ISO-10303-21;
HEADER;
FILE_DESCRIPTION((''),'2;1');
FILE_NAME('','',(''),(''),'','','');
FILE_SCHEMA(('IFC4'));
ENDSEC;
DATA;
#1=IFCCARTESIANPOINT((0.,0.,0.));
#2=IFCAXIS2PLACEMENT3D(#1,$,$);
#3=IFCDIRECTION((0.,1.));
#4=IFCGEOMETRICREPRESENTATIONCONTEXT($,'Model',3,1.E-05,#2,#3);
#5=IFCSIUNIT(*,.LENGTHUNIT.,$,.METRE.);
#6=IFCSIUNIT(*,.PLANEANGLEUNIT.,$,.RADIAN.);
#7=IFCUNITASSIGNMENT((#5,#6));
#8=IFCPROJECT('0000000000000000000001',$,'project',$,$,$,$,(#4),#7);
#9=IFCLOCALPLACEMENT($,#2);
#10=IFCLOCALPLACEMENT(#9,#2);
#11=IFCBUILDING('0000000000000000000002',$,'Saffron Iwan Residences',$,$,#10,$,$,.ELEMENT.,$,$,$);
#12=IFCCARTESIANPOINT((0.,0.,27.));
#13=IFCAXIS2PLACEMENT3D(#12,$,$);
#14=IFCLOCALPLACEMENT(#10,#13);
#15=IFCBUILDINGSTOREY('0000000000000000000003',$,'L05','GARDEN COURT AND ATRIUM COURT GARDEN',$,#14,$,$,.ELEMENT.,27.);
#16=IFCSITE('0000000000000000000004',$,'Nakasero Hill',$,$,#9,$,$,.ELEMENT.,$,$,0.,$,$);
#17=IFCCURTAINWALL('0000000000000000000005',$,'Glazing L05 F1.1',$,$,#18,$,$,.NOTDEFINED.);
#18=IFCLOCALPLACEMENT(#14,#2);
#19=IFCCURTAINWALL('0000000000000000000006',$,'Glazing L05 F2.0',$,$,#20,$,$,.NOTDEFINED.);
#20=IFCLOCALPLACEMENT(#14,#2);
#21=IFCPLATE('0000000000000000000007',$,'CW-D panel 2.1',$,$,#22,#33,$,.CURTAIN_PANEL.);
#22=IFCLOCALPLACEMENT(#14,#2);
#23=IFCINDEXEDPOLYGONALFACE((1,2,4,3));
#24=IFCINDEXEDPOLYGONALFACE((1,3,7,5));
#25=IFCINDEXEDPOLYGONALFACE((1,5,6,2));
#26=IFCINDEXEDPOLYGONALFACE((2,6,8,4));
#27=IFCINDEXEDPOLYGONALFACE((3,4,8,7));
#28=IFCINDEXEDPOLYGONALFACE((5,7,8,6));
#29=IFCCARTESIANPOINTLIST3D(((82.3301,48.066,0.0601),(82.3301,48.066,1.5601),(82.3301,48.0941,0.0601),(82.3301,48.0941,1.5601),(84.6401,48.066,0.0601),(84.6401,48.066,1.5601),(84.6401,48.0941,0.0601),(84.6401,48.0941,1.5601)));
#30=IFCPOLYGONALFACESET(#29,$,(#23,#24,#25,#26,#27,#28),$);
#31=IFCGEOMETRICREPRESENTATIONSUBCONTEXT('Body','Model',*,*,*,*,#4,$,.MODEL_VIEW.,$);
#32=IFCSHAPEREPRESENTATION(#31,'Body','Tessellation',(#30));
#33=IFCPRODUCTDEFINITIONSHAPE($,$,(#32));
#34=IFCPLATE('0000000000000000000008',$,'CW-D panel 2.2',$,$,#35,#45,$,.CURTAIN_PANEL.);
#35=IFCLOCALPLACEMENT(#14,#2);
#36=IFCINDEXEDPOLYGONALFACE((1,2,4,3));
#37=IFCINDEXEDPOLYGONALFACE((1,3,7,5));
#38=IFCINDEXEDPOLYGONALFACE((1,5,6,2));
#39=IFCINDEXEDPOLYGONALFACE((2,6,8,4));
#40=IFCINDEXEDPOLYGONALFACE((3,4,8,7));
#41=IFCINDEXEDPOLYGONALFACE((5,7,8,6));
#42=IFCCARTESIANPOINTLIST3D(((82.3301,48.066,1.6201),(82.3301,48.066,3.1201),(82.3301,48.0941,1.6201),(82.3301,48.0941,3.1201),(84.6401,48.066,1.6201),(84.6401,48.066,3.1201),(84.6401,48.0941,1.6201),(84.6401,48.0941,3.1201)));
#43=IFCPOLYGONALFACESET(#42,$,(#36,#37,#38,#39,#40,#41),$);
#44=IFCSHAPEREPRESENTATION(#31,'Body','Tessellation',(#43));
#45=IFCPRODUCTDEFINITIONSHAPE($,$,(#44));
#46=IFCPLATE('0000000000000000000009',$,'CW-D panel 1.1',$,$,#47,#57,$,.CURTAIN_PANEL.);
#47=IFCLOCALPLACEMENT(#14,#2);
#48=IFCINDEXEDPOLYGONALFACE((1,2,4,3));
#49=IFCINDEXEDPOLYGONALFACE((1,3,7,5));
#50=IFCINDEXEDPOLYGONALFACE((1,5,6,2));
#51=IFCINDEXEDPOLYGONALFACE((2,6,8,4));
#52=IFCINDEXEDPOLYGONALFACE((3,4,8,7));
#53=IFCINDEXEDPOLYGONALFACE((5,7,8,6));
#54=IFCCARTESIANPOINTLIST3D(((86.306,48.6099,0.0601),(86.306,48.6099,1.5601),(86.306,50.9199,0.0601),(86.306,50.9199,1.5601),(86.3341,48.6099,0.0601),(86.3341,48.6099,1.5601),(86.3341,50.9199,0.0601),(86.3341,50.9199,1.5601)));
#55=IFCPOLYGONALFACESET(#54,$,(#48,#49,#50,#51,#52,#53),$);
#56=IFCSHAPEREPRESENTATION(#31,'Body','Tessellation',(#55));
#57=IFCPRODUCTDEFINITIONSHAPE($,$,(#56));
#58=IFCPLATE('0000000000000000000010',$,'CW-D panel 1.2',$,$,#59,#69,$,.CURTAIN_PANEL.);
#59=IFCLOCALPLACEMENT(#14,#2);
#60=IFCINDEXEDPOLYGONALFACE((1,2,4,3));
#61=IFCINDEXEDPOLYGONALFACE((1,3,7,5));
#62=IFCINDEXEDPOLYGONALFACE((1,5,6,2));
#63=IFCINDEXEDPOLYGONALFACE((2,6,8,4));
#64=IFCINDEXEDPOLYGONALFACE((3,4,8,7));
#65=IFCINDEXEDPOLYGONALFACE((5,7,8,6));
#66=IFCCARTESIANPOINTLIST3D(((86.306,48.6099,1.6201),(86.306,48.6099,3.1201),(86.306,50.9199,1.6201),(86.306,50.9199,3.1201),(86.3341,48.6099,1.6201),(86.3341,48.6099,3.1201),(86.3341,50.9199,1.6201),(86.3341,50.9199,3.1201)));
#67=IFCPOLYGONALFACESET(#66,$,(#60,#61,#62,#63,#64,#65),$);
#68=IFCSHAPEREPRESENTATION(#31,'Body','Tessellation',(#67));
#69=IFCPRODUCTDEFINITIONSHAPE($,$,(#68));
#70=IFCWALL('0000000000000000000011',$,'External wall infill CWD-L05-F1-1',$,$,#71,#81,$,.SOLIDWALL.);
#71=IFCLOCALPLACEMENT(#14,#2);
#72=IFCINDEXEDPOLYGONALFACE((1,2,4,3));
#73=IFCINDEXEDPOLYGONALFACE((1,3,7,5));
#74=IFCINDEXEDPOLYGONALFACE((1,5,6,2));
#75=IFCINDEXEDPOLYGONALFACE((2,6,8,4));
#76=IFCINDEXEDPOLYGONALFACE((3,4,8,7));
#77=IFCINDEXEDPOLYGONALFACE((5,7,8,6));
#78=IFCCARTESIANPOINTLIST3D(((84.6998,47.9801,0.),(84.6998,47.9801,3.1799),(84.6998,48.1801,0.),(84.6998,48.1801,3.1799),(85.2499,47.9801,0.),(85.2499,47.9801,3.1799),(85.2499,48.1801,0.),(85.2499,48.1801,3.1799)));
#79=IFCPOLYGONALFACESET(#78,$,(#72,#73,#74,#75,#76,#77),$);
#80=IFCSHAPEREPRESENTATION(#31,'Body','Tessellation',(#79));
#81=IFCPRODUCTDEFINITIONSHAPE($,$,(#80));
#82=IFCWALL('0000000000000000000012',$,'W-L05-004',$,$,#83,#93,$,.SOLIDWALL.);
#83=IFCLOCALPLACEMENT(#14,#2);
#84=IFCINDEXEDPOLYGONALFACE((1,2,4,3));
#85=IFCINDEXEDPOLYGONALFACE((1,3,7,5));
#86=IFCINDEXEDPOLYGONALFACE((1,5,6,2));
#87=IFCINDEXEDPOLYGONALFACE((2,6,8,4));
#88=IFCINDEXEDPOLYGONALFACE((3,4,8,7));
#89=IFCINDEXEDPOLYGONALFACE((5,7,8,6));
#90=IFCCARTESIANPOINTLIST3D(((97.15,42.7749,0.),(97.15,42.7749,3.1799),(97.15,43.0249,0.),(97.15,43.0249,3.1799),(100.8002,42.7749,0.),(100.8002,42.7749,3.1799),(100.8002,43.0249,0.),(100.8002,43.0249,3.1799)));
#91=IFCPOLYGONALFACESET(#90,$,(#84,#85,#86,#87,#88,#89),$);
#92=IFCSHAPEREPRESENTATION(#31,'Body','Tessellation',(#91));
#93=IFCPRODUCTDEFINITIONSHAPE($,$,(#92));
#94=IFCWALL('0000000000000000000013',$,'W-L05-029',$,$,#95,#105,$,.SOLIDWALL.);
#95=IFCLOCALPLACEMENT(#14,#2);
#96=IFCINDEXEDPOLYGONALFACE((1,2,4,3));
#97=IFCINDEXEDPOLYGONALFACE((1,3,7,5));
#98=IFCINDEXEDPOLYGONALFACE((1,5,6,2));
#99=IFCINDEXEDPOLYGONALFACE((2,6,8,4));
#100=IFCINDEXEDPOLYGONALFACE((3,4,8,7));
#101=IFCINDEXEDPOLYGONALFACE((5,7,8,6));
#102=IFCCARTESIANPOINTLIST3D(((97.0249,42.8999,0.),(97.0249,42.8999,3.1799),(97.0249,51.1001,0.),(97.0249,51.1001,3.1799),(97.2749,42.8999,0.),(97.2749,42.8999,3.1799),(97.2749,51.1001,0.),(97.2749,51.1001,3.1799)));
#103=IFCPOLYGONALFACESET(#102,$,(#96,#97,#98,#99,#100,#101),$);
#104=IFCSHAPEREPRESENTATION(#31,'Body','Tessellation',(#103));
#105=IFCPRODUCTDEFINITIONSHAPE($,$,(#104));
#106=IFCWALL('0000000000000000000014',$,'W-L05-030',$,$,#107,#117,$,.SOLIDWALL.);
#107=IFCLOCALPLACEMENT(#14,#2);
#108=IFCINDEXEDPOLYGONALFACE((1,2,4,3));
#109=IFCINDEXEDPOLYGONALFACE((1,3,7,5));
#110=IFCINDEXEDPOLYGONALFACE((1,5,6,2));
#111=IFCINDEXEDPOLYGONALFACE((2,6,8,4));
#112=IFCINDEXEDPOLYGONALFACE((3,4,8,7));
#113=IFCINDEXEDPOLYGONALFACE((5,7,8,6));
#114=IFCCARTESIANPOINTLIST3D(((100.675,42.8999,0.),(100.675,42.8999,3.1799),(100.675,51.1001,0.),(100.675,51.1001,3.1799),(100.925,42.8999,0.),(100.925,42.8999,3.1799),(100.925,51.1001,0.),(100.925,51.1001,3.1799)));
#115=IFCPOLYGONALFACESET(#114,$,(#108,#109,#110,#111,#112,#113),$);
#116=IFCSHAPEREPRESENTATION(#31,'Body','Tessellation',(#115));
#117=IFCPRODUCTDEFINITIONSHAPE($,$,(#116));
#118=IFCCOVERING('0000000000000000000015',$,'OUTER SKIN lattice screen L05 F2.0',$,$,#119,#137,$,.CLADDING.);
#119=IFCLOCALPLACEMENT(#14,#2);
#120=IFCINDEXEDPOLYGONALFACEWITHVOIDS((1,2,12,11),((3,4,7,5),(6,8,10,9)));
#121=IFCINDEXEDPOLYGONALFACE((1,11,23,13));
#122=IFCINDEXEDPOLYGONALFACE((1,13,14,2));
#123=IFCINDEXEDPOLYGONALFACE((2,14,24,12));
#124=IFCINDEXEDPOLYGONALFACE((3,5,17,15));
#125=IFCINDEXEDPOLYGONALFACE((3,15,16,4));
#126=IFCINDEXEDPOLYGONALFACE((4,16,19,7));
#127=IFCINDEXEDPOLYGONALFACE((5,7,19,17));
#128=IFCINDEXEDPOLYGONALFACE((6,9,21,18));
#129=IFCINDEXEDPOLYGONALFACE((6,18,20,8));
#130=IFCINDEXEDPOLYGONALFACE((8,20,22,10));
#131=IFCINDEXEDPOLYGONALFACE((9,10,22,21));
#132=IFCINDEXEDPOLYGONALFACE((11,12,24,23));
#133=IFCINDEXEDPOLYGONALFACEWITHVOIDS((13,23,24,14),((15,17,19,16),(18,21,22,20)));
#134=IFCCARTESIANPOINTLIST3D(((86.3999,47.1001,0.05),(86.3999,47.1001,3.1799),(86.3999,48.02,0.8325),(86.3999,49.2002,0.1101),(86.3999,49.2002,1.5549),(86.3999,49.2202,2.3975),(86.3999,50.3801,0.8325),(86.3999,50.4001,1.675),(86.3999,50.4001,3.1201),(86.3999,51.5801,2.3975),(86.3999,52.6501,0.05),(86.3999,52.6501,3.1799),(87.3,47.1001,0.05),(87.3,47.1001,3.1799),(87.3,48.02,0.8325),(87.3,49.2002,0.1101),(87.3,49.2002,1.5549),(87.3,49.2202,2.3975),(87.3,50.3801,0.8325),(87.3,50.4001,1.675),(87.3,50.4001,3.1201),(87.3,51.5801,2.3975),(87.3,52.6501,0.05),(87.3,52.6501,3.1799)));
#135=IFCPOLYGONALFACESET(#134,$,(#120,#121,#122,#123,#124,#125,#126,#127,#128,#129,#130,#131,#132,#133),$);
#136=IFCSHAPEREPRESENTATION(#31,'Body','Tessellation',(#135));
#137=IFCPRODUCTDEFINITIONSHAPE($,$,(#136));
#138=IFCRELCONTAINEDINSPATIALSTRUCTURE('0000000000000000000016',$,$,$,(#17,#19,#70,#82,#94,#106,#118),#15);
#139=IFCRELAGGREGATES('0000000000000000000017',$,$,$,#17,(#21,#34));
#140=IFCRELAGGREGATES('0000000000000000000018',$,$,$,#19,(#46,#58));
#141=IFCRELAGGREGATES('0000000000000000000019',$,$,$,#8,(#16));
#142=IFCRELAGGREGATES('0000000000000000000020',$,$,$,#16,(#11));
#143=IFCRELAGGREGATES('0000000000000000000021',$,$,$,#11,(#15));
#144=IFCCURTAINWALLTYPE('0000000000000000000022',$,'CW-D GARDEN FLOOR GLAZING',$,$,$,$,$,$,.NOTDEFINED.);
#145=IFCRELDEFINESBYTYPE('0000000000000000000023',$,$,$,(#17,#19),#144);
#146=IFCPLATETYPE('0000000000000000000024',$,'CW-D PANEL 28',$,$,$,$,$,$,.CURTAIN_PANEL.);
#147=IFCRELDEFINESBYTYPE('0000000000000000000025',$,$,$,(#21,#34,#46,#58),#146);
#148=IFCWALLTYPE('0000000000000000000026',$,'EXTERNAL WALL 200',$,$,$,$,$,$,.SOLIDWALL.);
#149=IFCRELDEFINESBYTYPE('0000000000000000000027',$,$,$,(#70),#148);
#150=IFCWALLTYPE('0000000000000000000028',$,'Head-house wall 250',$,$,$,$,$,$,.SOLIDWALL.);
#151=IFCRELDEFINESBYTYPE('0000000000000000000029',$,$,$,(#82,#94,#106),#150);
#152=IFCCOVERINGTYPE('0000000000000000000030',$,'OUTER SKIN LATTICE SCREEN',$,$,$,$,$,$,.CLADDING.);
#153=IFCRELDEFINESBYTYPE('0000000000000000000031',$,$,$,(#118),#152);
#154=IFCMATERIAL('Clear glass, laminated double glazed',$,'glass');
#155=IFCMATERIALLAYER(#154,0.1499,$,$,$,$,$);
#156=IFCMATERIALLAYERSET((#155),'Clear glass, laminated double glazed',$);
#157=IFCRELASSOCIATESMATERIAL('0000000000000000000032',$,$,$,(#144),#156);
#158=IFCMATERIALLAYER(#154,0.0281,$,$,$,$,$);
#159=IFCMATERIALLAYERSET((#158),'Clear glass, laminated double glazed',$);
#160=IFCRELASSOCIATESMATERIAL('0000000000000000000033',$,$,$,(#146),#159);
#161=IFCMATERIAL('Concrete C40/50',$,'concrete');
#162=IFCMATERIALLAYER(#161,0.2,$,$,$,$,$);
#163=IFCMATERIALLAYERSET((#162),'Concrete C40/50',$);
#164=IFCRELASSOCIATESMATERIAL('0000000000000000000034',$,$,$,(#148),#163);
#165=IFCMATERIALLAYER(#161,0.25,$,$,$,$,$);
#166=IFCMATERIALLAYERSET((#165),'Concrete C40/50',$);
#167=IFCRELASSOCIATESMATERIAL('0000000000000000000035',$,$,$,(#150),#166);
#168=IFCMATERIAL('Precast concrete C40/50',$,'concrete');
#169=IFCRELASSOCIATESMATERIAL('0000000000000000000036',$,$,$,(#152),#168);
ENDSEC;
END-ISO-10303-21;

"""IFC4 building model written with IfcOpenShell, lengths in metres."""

from ifc_helpers import new_model, si_unit, direction, frame, frame_2d, origin, origin_2d, place, context, subcontext, project, spatial, polyline, rectangle, outline, extrude, source, transform, mapped, material, layer, layer_set, type_object, element, aggregate, save


model = new_model("IFC4")

# Units and contexts
model_context = context("Model", 3, precision=1e-05, world=origin(), true_north=direction((0.0, 1.0)))
body_context = subcontext(model_context, "Body", "Model", "MODEL_VIEW")
ifc_project = project(units=[si_unit("LENGTHUNIT", "METRE"), si_unit("PLANEANGLEUNIT", "RADIAN")], contexts=[model_context])

# Site, building, storey
site_placement = place(None, origin())
site = spatial("IfcSite", under=ifc_project, at=site_placement, Name="Nakasero Hill", CompositionType="ELEMENT", RefElevation=0.0)
building_placement = place(site_placement, origin())
building = spatial("IfcBuilding", under=site, at=building_placement, Name="Saffron Iwan Residences", CompositionType="ELEMENT")
storey_placement = place(building_placement, frame((0.0, 0.0, 27.0)))
storey = spatial("IfcBuildingStorey", under=building, at=storey_placement, Name="L05", Description="GARDEN COURT AND ATRIUM COURT GARDEN", CompositionType="ELEMENT", Elevation=27.0)

# Curtain wall
ifc_material_1 = material(Name="Clear glass, laminated double glazed", Category="glass")
ifc_layer_1 = layer(ifc_material_1, 0.1499)
ifc_layer_set_1 = layer_set([ifc_layer_1], Name="Clear glass, laminated double glazed")
curtain_wall_type = type_object("IfcCurtainWallType", Name="CW-D GARDEN FLOOR GLAZING", PredefinedType="NOTDEFINED", material=ifc_layer_set_1)
curtain_wall_1_placement = place(storey_placement, origin())
curtain_wall_1 = element("IfcCurtainWall", 1, at=curtain_wall_1_placement, inside=storey, type_object=curtain_wall_type, Name="Glazing L05 F1.1", PredefinedType="NOTDEFINED")

# Curtain wall
curtain_wall_2_placement = place(storey_placement, origin())
curtain_wall_2 = element("IfcCurtainWall", 2, at=curtain_wall_2_placement, inside=storey, type_object=curtain_wall_type, Name="Glazing L05 F2.0", PredefinedType="NOTDEFINED")

# Plates
ifc_layer_2 = layer(ifc_material_1, 0.0281)
ifc_layer_set_2 = layer_set([ifc_layer_2], Name="Clear glass, laminated double glazed")
plate_type = type_object("IfcPlateType", Name="CW-D PANEL 28", PredefinedType="CURTAIN_PANEL", material=ifc_layer_set_2)
shared_shape_1 = source(origin(), body_context, "Body", "SweptSolid", [
    extrude(rectangle(XDim=2.3101, YDim=0.0281, at=origin_2d()), origin(), (0.0, 0.0, 1.0), 1.5),
])
plate_1_placement = place(storey_placement, frame((83.4851, 48.0801, 0.0601), z_axis=(0.0, 0.0, 1.0), x_axis=(1.0, 0.0, 0.0)))
plate_1 = element("IfcPlate", 3, at=plate_1_placement, type_object=plate_type, Name="CW-D panel 2.1", PredefinedType="CURTAIN_PANEL", context=body_context, shape_type="MappedRepresentation", body=[
    mapped(shared_shape_1, transform((0.0, 0.0, 0.0))),
])
plate_2_placement = place(storey_placement, frame((83.4851, 48.0801, 1.6201), z_axis=(0.0, 0.0, 1.0), x_axis=(1.0, 0.0, 0.0)))
plate_2 = element("IfcPlate", 4, at=plate_2_placement, type_object=plate_type, Name="CW-D panel 2.2", PredefinedType="CURTAIN_PANEL", context=body_context, shape_type="MappedRepresentation", body=[
    mapped(shared_shape_1, transform((0.0, 0.0, 0.0))),
])
aggregate(curtain_wall_1, [plate_1, plate_2])
plate_3_placement = place(storey_placement, frame((86.3201, 49.7649, 0.0601), z_axis=(0.0, 0.0, 1.0), x_axis=(0.0, 1.0, 0.0)))
plate_3 = element("IfcPlate", 5, at=plate_3_placement, type_object=plate_type, Name="CW-D panel 1.1", PredefinedType="CURTAIN_PANEL", context=body_context, shape_type="MappedRepresentation", body=[
    mapped(shared_shape_1, transform((0.0, 0.0, 0.0))),
])
plate_4_placement = place(storey_placement, frame((86.3201, 49.7649, 1.6201), z_axis=(0.0, 0.0, 1.0), x_axis=(0.0, 1.0, 0.0)))
plate_4 = element("IfcPlate", 6, at=plate_4_placement, type_object=plate_type, Name="CW-D panel 1.2", PredefinedType="CURTAIN_PANEL", context=body_context, shape_type="MappedRepresentation", body=[
    mapped(shared_shape_1, transform((0.0, 0.0, 0.0))),
])
aggregate(curtain_wall_2, [plate_3, plate_4])

# Walls
ifc_material_2 = material(Name="Concrete C40/50", Category="concrete")
ifc_layer_3 = layer(ifc_material_2, 0.2)
ifc_layer_set_3 = layer_set([ifc_layer_3], Name="Concrete C40/50")
wall_type_1 = type_object("IfcWallType", Name="EXTERNAL WALL 200", PredefinedType="SOLIDWALL", material=ifc_layer_set_3)
wall_1_placement = place(storey_placement, frame((84.7, 48.0801, 0.0), z_axis=(0.0, 0.0, 1.0), x_axis=(1.0, 0.0, 0.0)))
element("IfcWall", 7, at=wall_1_placement, inside=storey, type_object=wall_type_1, Name="External wall infill CWD-L05-F1-1", PredefinedType="SOLIDWALL", context=body_context, shape_type="SweptSolid", body=[
    extrude(rectangle(XDim=0.55, YDim=0.2, at=frame_2d((0.2749, 0.0))), origin(), (0.0, 0.0, 1.0), 3.1799),
])
ifc_layer_4 = layer(ifc_material_2, 0.25)
ifc_layer_set_4 = layer_set([ifc_layer_4], Name="Concrete C40/50")
wall_type_2 = type_object("IfcWallType", Name="Head-house wall 250", PredefinedType="SOLIDWALL", material=ifc_layer_set_4)
wall_2_placement = place(storey_placement, frame((97.1499, 42.8999, 0.0), z_axis=(0.0, 0.0, 1.0), x_axis=(1.0, 0.0, 0.0)))
element("IfcWall", 8, at=wall_2_placement, inside=storey, type_object=wall_type_2, Name="W-L05-004", PredefinedType="SOLIDWALL", context=body_context, shape_type="SweptSolid", body=[
    extrude(rectangle(XDim=3.6501, YDim=0.25, at=frame_2d((1.8252, 0.0))), origin(), (0.0, 0.0, 1.0), 3.1799),
])
for number, where, z_axis, x_axis, name in (
    (9, (97.1499, 42.8999, 0.0), (0.0, 0.0, 1.0), (0.0, 1.0, 0.0), "W-L05-029"),
    (10, (100.8, 42.8999, 0.0), (0.0, 0.0, 1.0), (0.0, 1.0, 0.0), "W-L05-030"),
):
    element("IfcWall", number, at=place(storey_placement, frame(where, z_axis=z_axis, x_axis=x_axis)), inside=storey, type_object=wall_type_2, Name=name, PredefinedType="SOLIDWALL", context=body_context, shape_type="SweptSolid", body=[
        extrude(rectangle(XDim=8.2002, YDim=0.25, at=frame_2d((4.1001, 0.0))), origin(), (0.0, 0.0, 1.0), 3.1799),
    ])

# Covering
ifc_material_3 = material(Name="Precast concrete C40/50", Category="concrete")
covering_type = type_object("IfcCoveringType", Name="OUTER SKIN LATTICE SCREEN", PredefinedType="CLADDING", material=ifc_material_3)
covering_placement = place(storey_placement, frame((86.3999, 47.1001, 0.05), z_axis=(1.0, 0.0, 0.0), x_axis=(0.0, 1.0, 0.0)))
element("IfcCovering", 11, at=covering_placement, inside=storey, type_object=covering_type, Name="OUTER SKIN lattice screen L05 F2.0", PredefinedType="CLADDING", context=body_context, shape_type="SweptSolid", body=[
    extrude(outline(polyline([(0.0, 0.0), (5.55, 0.0), (5.55, 3.1299), (0.0, 3.1299), (0.0, 0.0)]), holes=[polyline([(0.9199, 0.7825), (2.1001, 0.0601), (3.28, 0.7825), (2.1001, 1.5049), (0.9199, 0.7825)]), polyline([(2.1201, 2.3474), (3.3, 1.625), (4.48, 2.3474), (3.3, 3.0701), (2.1201, 2.3474)])]), origin(), (0.0, 0.0, 1.0), 0.9001),
])

save(model, "model.ifc")
